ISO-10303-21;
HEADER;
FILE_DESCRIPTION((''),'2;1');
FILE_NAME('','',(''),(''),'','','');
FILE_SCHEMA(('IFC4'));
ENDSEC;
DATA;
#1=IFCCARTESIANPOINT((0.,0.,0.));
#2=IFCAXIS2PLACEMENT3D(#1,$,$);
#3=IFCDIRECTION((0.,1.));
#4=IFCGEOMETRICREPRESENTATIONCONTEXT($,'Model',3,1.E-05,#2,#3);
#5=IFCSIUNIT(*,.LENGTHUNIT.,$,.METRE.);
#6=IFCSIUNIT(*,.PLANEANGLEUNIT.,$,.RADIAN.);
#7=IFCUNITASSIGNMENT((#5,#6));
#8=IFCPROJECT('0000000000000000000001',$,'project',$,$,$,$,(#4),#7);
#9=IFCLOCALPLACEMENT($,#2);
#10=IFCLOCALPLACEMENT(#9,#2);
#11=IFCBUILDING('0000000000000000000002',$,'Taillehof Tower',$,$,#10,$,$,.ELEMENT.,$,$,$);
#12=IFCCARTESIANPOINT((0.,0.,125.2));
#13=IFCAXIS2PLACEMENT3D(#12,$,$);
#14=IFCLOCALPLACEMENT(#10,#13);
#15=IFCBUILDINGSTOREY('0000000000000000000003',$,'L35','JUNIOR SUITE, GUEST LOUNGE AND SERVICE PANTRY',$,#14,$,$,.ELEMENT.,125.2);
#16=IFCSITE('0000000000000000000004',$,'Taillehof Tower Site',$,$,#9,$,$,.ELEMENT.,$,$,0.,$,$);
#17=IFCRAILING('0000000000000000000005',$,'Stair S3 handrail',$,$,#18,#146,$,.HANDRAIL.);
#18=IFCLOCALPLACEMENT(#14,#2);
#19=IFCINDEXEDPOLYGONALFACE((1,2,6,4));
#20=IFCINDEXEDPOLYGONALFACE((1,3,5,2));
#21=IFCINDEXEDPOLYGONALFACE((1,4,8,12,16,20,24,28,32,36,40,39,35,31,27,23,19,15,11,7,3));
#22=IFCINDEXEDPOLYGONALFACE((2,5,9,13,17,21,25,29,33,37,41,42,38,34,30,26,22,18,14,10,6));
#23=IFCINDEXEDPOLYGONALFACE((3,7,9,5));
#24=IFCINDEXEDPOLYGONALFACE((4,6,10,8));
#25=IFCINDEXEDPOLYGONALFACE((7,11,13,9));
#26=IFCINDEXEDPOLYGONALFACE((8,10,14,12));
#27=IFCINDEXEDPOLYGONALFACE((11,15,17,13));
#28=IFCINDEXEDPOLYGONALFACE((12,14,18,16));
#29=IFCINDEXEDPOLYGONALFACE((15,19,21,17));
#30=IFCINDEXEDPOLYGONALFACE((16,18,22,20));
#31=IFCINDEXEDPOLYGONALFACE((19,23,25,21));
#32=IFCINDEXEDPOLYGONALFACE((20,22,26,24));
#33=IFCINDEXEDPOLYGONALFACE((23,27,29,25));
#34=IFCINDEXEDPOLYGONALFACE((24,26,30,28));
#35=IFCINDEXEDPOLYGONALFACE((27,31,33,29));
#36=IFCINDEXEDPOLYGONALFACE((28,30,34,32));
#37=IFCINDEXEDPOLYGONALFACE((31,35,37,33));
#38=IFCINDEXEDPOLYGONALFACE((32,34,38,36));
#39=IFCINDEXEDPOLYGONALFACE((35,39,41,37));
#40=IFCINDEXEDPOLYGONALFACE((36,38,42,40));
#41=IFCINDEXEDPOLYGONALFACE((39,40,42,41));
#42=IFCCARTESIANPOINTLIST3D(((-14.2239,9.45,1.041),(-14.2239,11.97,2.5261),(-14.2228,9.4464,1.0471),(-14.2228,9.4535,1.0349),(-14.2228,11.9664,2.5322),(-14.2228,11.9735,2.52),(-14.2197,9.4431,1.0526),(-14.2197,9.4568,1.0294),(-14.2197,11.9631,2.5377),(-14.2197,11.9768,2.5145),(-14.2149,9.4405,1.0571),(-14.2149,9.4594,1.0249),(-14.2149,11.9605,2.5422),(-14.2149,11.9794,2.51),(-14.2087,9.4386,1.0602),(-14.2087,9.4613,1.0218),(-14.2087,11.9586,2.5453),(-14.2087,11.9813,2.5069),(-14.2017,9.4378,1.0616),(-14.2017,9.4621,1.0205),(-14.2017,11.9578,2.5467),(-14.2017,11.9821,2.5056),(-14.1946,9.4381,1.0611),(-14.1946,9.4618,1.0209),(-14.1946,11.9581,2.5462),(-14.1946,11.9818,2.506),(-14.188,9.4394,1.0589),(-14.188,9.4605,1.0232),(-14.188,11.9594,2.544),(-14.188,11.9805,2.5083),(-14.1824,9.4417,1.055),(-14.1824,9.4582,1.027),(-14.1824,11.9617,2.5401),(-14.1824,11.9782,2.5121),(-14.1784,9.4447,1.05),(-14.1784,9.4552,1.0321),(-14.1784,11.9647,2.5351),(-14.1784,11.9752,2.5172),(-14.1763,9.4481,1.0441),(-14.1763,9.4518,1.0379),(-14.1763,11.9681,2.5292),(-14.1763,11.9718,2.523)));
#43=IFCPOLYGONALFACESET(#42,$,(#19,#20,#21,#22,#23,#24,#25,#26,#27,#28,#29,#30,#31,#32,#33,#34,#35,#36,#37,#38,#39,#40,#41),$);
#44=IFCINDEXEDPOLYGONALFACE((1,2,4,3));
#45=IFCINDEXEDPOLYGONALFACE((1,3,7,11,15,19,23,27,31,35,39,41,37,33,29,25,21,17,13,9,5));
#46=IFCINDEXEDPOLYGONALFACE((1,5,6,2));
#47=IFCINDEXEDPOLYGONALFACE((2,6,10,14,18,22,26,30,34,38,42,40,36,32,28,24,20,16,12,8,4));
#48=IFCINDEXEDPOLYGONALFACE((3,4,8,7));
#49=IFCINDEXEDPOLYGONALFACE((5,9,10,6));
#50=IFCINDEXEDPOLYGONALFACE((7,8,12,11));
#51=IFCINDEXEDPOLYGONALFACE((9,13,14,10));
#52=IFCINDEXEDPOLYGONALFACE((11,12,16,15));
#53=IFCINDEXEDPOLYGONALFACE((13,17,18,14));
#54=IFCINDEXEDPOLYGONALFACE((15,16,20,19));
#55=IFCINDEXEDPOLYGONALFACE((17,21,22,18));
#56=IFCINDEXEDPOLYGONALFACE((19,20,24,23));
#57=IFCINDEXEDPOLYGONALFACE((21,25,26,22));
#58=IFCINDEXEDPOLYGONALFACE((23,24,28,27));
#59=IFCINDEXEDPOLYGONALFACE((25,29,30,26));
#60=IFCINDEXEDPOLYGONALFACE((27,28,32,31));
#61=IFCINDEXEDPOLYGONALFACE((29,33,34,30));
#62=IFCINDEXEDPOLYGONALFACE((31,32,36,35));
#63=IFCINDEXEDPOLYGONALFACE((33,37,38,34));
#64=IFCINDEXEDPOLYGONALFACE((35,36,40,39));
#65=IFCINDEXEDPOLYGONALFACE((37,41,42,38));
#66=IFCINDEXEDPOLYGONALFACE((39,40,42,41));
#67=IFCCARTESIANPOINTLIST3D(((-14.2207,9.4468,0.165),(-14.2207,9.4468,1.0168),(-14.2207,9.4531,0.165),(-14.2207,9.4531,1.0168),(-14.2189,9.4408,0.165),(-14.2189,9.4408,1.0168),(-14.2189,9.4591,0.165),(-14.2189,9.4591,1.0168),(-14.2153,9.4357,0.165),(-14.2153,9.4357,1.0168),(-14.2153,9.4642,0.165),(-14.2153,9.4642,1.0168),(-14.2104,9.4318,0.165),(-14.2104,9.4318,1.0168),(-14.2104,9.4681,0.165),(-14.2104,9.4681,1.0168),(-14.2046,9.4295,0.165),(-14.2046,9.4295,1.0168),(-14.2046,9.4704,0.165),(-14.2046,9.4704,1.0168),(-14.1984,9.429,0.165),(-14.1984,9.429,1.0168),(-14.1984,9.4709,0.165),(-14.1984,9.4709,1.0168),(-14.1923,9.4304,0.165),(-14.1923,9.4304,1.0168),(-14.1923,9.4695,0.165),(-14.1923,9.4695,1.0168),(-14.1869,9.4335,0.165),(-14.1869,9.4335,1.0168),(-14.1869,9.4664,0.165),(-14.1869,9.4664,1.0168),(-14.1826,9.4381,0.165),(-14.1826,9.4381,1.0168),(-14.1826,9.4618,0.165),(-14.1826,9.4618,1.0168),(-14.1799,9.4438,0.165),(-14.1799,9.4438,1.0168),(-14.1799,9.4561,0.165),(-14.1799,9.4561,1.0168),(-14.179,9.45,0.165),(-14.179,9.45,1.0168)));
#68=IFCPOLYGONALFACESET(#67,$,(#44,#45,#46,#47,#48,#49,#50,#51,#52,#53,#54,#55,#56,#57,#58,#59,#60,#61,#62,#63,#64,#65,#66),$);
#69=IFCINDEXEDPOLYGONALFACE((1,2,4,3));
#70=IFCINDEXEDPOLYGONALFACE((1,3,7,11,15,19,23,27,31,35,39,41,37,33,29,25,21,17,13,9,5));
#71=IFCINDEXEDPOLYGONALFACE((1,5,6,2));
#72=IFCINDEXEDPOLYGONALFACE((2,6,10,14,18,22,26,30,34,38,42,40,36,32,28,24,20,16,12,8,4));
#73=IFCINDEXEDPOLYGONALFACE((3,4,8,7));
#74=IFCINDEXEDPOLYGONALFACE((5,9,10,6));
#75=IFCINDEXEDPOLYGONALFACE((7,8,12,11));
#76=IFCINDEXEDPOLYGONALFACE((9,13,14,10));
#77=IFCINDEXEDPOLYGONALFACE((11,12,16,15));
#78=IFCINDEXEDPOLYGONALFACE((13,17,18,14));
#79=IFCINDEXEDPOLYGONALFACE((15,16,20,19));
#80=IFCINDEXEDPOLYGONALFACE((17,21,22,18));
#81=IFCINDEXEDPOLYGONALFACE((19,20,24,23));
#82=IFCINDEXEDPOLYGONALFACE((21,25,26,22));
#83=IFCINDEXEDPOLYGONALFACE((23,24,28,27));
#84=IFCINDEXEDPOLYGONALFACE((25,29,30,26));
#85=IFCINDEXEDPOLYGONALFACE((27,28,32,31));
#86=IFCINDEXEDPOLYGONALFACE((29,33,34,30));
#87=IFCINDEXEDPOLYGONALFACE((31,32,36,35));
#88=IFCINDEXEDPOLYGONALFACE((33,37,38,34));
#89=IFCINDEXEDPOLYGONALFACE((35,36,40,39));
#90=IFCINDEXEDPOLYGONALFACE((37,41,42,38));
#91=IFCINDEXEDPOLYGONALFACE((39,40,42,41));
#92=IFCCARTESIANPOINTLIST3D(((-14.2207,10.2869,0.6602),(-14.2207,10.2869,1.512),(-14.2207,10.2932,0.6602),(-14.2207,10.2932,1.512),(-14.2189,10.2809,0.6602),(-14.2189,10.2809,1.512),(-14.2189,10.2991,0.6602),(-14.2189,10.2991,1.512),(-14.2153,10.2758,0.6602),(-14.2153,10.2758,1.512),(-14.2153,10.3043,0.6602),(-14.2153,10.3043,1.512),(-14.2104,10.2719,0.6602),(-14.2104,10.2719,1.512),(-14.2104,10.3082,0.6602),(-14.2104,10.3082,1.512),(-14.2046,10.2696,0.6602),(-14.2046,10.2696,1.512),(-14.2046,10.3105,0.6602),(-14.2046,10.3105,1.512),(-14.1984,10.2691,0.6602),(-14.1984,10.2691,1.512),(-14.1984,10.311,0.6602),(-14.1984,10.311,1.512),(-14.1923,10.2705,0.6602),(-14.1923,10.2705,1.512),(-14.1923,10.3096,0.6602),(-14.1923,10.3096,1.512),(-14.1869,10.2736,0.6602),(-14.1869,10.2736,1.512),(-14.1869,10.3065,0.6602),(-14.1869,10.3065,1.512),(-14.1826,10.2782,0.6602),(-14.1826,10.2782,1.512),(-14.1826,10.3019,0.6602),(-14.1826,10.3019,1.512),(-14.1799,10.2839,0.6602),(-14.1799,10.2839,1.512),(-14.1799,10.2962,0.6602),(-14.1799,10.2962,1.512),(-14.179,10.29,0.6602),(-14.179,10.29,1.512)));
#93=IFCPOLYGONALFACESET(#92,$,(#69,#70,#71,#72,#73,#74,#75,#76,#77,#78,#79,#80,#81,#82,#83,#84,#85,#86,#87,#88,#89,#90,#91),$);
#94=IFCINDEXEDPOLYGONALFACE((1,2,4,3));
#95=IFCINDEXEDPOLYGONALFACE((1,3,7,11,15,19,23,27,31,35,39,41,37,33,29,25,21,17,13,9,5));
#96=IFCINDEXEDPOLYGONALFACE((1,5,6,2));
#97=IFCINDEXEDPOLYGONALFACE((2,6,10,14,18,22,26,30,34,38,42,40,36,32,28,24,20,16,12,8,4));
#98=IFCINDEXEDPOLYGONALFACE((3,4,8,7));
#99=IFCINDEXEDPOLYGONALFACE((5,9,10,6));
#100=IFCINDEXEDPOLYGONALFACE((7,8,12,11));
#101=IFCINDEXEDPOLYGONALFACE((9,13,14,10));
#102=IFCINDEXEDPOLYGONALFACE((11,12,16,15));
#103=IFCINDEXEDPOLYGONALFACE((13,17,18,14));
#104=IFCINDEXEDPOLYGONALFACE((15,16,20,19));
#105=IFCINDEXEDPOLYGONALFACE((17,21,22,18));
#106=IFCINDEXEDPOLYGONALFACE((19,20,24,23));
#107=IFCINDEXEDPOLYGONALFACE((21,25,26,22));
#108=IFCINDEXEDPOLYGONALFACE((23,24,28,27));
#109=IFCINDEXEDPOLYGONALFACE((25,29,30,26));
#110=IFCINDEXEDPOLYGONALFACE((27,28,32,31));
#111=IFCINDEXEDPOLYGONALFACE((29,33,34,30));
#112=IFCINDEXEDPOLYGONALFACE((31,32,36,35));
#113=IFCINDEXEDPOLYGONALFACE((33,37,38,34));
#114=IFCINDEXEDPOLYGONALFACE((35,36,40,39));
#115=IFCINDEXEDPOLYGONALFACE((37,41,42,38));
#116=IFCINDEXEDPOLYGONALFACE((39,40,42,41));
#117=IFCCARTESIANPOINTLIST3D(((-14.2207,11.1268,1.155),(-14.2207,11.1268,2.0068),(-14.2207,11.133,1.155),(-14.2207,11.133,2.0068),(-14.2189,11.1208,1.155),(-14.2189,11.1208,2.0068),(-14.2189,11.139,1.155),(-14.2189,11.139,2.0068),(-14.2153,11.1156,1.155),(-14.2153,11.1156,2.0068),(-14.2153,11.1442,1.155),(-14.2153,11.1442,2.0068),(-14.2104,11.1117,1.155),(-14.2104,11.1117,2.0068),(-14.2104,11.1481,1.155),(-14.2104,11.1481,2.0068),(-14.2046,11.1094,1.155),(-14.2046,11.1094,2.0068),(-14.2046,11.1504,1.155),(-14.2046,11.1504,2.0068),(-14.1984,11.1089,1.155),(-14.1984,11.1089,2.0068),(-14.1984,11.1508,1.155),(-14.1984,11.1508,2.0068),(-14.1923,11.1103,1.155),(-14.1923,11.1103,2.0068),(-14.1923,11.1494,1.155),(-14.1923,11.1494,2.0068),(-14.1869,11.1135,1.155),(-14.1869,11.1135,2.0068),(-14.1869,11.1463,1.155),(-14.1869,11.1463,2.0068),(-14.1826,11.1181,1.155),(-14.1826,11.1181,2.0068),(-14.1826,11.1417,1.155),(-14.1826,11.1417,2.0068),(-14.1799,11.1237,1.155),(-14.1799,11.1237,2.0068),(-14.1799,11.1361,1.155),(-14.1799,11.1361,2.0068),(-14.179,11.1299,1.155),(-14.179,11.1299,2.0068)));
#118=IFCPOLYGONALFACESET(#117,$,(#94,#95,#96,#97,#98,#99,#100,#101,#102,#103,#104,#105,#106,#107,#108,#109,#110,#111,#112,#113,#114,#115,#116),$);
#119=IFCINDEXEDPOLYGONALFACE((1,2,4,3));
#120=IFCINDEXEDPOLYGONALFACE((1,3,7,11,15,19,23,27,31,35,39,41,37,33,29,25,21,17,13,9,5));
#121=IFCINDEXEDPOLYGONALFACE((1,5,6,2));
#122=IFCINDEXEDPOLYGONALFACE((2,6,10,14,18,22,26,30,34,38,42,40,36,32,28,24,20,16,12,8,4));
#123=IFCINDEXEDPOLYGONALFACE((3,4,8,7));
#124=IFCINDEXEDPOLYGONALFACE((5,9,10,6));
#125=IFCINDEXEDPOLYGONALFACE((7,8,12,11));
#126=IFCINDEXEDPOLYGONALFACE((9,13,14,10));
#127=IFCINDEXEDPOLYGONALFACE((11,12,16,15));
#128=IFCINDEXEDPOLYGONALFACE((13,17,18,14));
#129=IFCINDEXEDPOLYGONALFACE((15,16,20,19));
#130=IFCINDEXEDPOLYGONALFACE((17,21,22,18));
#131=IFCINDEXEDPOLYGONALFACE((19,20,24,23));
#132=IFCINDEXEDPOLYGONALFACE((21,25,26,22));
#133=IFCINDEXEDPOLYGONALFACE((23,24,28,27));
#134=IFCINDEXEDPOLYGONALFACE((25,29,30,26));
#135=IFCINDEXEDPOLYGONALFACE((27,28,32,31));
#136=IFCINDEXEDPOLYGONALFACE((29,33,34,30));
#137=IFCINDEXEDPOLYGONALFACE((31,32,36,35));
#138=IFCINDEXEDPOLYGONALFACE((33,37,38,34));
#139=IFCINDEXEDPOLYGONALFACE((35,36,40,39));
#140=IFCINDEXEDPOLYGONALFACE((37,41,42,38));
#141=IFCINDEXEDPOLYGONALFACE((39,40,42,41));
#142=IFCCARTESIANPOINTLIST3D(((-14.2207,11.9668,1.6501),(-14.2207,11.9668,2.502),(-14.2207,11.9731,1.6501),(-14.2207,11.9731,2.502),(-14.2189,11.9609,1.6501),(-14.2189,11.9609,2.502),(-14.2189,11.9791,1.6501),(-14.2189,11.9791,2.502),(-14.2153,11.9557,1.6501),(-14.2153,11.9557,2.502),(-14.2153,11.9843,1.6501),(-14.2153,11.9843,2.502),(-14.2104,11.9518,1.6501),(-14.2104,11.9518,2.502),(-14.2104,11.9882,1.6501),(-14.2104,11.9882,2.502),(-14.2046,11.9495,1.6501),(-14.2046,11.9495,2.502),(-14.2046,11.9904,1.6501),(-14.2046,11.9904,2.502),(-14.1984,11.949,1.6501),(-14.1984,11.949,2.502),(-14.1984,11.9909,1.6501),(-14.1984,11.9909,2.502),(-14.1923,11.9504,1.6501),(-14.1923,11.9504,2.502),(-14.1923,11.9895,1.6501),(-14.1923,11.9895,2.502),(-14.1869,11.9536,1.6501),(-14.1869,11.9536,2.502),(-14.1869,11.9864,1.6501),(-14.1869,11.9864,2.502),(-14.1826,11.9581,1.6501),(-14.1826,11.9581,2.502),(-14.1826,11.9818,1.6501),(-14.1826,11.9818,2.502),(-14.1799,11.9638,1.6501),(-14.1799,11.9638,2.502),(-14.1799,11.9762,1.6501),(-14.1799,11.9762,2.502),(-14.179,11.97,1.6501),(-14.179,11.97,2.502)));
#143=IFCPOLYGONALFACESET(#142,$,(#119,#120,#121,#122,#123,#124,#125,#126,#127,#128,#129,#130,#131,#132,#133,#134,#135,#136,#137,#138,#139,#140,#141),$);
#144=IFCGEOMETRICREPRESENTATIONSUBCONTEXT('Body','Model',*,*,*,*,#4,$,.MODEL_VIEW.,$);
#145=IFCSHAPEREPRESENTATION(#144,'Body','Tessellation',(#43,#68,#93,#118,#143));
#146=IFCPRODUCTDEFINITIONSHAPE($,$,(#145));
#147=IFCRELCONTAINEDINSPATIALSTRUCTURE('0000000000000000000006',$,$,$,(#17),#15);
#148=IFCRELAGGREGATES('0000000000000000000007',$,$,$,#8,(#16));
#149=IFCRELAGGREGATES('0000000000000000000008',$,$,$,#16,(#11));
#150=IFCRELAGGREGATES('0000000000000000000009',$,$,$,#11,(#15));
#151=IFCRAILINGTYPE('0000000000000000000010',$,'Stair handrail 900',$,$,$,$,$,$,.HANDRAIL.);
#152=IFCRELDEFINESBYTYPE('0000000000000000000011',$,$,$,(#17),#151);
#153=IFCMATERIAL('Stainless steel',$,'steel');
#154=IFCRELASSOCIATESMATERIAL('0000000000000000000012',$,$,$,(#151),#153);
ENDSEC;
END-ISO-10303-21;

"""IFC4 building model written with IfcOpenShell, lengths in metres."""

from ifc_helpers import new_model, si_unit, direction, frame, origin, origin_2d, place, context, subcontext, project, spatial, circle, extrude, material, type_object, element, save


model = new_model("IFC4")

# Units and contexts
model_context = context("Model", 3, precision=1e-05, world=origin(), true_north=direction((0.0, 1.0)))
body_context = subcontext(model_context, "Body", "Model", "MODEL_VIEW")
ifc_project = project(units=[si_unit("LENGTHUNIT", "METRE"), si_unit("PLANEANGLEUNIT", "RADIAN")], contexts=[model_context])

# Site, building, storey
site_placement = place(None, origin())
site = spatial("IfcSite", under=ifc_project, at=site_placement, Name="Taillehof Tower Site", CompositionType="ELEMENT", RefElevation=0.0)
building_placement = place(site_placement, origin())
building = spatial("IfcBuilding", under=site, at=building_placement, Name="Taillehof Tower", CompositionType="ELEMENT")
storey_placement = place(building_placement, frame((0.0, 0.0, 125.2)))
storey = spatial("IfcBuildingStorey", under=building, at=storey_placement, Name="L35", Description="JUNIOR SUITE, GUEST LOUNGE AND SERVICE PANTRY", CompositionType="ELEMENT", Elevation=125.2)

# Railing
ifc_material_1 = material(Name="Stainless steel", Category="steel")
railing_type_1 = type_object("IfcRailingType", Name="Stair handrail 900", PredefinedType="HANDRAIL", material=ifc_material_1)
railing_1_placement = place(storey_placement, frame((-14.2, 9.45, 0.165)))
element("IfcRailing", 1, at=railing_1_placement, inside=storey, type_object=railing_type_1, Name="Stair S3 handrail", PredefinedType="HANDRAIL", context=body_context, shape_type="SweptSolid", body=[
    extrude(circle(Radius=0.0239, at=origin_2d()), frame((0.0, 0.0, 0.876), z_axis=(0.0, 0.861524, 0.507717), x_axis=(-1.0, 0.0, 0.0)), (0.0, 0.0, 1.0), 2.925),
    extrude(circle(Radius=0.021, at=origin_2d()), origin(), (0.0, 0.0, 1.0), 0.8518),
    extrude(circle(Radius=0.021, at=origin_2d()), frame((0.0, 0.8401, 0.4951)), (0.0, 0.0, 1.0), 0.8518),
    extrude(circle(Radius=0.021, at=origin_2d()), frame((0.0, 1.6799, 0.99)), (0.0, 0.0, 1.0), 0.8518),
    extrude(circle(Radius=0.021, at=origin_2d()), frame((0.0, 2.52, 1.4851)), (0.0, 0.0, 1.0), 0.8518),
])

save(model, "model.ifc")
